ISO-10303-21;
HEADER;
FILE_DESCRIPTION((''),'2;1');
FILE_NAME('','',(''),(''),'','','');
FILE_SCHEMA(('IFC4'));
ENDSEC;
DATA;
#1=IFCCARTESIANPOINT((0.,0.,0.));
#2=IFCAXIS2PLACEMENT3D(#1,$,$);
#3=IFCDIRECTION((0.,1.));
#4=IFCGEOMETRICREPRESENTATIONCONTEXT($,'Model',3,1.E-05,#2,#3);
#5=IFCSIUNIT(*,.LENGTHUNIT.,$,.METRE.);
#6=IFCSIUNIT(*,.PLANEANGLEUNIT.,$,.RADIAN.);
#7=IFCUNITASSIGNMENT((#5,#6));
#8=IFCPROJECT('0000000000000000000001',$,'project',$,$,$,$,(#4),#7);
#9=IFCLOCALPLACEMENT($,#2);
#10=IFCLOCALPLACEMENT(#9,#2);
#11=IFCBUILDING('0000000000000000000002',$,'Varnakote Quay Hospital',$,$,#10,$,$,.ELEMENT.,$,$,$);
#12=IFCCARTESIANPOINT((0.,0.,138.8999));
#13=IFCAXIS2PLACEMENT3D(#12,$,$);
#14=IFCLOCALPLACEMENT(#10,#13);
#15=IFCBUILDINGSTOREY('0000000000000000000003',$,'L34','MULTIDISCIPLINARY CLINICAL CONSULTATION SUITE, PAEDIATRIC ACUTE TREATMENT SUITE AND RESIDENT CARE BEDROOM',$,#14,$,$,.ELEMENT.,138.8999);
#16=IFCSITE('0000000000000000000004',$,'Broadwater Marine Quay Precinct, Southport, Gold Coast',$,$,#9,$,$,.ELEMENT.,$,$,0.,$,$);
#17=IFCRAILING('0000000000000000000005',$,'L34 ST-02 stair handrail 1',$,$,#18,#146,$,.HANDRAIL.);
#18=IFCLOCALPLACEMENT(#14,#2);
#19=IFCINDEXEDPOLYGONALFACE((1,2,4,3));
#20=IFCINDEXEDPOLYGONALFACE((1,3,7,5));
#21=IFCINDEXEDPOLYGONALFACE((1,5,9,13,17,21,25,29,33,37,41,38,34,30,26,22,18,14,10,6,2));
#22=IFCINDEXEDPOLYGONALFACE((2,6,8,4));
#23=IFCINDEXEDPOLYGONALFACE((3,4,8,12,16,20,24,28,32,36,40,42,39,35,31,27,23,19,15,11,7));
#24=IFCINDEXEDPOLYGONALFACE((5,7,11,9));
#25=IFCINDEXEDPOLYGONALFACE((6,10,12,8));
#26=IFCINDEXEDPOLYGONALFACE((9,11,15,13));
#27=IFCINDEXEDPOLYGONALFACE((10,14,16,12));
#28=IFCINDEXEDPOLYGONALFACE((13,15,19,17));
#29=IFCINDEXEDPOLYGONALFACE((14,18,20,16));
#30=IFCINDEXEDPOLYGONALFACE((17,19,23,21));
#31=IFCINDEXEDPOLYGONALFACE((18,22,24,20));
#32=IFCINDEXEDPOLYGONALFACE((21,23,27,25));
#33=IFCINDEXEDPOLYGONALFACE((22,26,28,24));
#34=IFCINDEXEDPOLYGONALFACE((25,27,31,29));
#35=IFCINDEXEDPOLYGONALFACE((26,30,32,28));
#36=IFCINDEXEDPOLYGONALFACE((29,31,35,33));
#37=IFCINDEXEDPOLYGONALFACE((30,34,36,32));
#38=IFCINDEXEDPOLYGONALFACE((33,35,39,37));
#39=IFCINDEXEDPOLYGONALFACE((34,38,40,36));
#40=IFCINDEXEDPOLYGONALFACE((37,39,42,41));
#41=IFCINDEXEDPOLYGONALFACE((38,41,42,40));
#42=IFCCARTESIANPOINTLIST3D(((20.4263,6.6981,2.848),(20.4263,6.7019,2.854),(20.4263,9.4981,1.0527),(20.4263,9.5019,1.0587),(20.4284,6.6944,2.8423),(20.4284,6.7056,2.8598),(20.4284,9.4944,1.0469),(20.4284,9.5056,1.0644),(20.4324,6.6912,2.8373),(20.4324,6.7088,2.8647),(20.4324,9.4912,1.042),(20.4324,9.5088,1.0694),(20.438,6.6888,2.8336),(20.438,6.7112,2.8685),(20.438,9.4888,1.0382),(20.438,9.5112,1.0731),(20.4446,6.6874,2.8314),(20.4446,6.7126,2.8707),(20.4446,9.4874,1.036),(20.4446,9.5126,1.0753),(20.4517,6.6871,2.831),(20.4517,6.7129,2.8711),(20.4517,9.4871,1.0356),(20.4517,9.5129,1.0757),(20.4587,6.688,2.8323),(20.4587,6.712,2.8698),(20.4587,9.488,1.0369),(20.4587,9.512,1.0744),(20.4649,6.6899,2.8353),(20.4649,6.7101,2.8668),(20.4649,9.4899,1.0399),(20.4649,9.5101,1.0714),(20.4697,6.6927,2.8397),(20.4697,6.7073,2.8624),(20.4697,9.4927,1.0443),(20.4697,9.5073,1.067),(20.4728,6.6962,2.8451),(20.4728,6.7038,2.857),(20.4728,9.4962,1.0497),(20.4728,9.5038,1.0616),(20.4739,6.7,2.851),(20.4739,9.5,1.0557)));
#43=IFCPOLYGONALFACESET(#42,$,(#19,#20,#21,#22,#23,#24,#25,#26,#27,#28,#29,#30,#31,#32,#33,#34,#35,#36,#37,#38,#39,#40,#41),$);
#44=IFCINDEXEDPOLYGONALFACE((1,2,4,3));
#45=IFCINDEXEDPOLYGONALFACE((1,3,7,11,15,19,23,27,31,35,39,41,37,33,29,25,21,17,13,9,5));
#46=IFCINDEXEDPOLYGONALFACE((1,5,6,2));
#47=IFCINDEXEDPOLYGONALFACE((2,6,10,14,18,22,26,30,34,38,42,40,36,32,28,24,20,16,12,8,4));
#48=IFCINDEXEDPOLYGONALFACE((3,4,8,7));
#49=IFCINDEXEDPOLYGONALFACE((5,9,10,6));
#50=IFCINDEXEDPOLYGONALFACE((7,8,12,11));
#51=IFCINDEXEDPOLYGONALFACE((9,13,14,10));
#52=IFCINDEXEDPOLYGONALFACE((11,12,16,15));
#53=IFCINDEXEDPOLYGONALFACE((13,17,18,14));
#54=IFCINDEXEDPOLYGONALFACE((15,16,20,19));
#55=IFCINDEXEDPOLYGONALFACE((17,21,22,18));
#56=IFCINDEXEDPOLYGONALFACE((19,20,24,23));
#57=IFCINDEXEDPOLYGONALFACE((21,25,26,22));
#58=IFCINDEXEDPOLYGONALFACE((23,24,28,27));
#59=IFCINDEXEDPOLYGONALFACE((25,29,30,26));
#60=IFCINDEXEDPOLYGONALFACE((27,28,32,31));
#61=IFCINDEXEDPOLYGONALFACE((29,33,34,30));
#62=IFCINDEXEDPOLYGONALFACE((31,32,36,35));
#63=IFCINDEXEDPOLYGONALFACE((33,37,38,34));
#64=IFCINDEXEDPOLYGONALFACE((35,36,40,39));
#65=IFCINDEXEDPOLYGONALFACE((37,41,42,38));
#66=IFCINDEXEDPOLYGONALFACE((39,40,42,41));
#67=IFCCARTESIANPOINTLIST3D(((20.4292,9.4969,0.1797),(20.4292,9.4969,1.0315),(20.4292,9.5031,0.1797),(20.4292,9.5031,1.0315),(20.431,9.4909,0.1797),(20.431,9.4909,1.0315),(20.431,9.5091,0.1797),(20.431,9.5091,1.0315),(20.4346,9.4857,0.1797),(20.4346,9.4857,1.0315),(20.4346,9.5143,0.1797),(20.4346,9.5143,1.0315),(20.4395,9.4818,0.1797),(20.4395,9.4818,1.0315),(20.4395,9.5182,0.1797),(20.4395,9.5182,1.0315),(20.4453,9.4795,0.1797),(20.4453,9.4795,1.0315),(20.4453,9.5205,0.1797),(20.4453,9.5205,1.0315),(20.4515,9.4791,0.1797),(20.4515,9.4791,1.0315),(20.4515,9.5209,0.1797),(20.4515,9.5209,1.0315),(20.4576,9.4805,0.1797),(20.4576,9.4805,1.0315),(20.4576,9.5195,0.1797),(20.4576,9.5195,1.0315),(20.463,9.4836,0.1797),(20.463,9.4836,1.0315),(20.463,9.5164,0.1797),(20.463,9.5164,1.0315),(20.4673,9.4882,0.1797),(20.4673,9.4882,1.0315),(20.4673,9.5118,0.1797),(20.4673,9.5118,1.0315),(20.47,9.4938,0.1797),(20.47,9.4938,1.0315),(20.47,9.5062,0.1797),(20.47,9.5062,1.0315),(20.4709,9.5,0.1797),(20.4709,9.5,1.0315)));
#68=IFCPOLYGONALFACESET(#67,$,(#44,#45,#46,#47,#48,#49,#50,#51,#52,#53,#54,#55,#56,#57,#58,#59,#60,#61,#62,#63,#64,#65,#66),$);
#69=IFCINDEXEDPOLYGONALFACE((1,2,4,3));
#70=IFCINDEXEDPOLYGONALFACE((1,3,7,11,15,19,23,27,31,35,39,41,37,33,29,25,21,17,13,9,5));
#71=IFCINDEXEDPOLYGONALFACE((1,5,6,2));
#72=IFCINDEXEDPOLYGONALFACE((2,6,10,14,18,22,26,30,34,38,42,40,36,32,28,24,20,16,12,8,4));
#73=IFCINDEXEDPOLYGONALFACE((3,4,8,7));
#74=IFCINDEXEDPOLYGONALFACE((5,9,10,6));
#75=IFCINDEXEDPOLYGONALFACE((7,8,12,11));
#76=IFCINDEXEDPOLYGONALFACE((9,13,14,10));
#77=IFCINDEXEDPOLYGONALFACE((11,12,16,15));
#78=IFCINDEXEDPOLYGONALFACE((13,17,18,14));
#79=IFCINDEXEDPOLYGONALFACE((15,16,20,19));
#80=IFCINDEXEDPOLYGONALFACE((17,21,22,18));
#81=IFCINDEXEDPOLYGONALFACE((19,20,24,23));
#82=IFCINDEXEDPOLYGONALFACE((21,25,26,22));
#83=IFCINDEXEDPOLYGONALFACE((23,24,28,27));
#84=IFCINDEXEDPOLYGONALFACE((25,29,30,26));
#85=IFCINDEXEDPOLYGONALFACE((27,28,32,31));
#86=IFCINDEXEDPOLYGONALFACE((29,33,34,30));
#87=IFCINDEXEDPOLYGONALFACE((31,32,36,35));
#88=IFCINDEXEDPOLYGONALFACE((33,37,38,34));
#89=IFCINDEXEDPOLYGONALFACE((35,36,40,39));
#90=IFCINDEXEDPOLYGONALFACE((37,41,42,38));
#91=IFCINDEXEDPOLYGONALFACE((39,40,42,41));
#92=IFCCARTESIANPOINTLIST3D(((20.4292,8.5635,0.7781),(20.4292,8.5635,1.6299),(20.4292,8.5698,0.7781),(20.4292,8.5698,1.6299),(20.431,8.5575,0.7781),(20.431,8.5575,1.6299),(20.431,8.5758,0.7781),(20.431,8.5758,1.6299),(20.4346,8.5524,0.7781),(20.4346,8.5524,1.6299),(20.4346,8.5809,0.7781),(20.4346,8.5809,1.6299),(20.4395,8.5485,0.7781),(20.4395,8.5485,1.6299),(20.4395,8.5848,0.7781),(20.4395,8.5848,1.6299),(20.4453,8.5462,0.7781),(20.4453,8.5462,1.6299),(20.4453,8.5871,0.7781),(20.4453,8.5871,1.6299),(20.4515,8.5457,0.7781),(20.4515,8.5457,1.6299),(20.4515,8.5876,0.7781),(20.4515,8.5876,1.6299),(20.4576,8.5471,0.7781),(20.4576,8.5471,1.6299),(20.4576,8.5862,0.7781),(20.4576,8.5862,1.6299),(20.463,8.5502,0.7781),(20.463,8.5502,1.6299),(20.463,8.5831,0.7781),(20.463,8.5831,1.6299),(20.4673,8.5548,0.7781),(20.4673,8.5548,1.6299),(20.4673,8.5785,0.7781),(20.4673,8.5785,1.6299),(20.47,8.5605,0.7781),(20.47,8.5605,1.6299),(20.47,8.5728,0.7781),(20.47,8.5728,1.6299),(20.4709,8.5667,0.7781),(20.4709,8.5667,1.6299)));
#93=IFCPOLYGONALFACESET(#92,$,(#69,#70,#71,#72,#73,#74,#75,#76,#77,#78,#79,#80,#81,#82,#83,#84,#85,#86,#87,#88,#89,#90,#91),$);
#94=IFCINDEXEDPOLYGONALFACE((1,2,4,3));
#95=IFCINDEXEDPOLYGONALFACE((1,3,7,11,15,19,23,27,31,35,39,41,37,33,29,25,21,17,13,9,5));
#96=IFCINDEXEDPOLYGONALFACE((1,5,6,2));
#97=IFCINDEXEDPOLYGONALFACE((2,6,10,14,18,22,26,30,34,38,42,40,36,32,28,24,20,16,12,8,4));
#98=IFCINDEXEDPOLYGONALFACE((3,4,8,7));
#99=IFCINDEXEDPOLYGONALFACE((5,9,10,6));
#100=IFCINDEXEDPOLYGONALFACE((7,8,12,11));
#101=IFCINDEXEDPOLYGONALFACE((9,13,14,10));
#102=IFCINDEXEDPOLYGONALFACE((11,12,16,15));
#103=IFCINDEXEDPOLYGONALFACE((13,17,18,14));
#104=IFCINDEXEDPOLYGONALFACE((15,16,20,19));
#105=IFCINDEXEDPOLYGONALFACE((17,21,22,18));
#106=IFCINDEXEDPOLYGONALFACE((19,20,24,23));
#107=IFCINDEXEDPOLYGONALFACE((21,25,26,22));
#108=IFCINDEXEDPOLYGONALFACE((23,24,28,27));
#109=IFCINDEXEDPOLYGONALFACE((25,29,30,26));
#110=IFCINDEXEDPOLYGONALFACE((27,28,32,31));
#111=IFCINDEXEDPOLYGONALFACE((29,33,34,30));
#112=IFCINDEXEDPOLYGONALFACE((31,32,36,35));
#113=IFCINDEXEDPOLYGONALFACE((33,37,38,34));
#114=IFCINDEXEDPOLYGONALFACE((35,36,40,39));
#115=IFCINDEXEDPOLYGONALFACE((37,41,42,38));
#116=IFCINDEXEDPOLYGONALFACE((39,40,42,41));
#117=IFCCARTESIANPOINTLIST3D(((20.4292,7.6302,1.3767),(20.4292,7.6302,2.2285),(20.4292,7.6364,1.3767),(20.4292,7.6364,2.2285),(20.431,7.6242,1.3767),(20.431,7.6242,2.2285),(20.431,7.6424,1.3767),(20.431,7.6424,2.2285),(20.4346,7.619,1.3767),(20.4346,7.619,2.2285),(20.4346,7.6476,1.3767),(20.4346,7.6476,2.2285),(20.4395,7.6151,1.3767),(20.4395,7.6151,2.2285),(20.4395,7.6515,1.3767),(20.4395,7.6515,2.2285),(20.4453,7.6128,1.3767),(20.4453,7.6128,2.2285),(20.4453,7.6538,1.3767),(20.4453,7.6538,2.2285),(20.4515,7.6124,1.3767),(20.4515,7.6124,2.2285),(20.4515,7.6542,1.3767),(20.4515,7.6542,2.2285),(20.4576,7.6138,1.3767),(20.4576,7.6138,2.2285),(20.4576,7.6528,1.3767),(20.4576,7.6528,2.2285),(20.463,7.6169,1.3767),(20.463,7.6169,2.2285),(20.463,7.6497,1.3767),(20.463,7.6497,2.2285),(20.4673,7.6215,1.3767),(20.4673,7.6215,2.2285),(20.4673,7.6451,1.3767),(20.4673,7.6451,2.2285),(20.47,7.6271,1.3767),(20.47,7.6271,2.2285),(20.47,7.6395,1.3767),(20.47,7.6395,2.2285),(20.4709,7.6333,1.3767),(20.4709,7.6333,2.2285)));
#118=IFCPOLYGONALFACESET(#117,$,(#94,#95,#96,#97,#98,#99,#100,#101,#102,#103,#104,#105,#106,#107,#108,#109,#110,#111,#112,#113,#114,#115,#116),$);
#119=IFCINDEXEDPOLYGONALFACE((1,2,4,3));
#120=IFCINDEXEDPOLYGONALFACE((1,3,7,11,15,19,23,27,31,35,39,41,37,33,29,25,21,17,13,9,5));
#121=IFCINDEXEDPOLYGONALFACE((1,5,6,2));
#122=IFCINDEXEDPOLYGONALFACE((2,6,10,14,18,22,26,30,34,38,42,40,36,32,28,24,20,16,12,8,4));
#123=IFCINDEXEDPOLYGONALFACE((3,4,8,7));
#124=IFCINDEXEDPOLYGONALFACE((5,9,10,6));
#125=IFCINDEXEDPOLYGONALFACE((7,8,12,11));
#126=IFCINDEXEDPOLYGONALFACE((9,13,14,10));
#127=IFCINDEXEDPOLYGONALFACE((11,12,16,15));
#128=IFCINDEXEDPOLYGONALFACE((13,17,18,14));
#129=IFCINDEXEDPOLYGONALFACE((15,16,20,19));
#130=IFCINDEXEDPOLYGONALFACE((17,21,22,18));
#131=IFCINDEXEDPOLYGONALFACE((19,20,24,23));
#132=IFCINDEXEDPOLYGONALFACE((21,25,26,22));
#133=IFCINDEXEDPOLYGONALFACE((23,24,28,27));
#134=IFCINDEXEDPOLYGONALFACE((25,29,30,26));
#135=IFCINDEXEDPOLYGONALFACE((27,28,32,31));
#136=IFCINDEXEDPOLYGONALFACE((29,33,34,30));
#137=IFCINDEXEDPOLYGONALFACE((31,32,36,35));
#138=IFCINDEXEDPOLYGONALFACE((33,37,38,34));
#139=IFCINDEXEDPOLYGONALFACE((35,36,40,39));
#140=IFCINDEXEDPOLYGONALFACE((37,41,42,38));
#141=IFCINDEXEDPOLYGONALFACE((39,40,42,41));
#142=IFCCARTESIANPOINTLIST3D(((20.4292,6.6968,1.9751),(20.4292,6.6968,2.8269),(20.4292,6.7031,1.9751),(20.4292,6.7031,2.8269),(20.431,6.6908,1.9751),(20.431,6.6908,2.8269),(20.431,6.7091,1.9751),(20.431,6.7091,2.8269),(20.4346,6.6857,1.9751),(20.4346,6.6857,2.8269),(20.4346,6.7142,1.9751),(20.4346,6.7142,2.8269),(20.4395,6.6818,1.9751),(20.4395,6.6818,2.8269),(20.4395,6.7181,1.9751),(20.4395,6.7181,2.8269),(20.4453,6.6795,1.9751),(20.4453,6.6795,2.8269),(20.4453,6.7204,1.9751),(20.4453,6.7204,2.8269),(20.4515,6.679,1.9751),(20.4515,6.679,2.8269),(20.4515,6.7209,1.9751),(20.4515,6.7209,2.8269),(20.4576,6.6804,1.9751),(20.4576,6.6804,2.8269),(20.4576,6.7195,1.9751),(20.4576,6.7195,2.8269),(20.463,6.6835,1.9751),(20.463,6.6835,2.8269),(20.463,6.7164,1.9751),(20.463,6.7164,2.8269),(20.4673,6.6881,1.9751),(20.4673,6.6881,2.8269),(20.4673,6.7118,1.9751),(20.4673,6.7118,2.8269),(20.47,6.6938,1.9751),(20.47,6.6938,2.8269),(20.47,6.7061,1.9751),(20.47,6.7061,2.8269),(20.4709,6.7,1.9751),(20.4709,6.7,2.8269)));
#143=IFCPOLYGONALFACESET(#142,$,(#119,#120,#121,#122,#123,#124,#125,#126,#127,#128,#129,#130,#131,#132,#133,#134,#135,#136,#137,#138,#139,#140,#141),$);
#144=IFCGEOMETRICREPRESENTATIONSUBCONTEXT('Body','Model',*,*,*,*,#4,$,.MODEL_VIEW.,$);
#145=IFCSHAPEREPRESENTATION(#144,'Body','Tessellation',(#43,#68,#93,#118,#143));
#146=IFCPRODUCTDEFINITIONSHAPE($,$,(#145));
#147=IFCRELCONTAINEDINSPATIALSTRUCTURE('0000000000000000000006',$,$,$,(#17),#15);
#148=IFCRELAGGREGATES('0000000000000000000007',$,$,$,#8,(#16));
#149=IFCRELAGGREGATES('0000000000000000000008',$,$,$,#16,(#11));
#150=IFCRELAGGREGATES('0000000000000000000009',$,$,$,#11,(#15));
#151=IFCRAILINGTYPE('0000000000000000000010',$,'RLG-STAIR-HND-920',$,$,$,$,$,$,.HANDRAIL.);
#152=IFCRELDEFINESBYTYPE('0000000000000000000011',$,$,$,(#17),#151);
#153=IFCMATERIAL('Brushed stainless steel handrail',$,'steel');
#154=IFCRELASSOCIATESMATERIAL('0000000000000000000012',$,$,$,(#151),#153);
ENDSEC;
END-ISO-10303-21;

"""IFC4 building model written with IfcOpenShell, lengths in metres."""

from ifc_helpers import new_model, si_unit, direction, frame, origin, origin_2d, place, context, subcontext, project, spatial, circle, extrude, material, type_object, element, save


model = new_model("IFC4")

# Units and contexts
model_context = context("Model", 3, precision=1e-05, world=origin(), true_north=direction((0.0, 1.0)))
body_context = subcontext(model_context, "Body", "Model", "MODEL_VIEW")
ifc_project = project(units=[si_unit("LENGTHUNIT", "METRE"), si_unit("PLANEANGLEUNIT", "RADIAN")], contexts=[model_context])

# Site, building, storey
site_placement = place(None, origin())
site = spatial("IfcSite", under=ifc_project, at=site_placement, Name="Broadwater Marine Quay Precinct, Southport, Gold Coast", CompositionType="ELEMENT", RefElevation=0.0)
building_placement = place(site_placement, origin())
building = spatial("IfcBuilding", under=site, at=building_placement, Name="Varnakote Quay Hospital", CompositionType="ELEMENT")
storey_placement = place(building_placement, frame((0.0, 0.0, 138.8999)))
storey = spatial("IfcBuildingStorey", under=building, at=storey_placement, Name="L34", Description="MULTIDISCIPLINARY CLINICAL CONSULTATION SUITE, PAEDIATRIC ACUTE TREATMENT SUITE AND RESIDENT CARE BEDROOM", CompositionType="ELEMENT", Elevation=138.8999)

# Railing
ifc_material_1 = material(Name="Brushed stainless steel handrail", Category="steel")
railing_type_1 = type_object("IfcRailingType", Name="RLG-STAIR-HND-920", PredefinedType="HANDRAIL", material=ifc_material_1)
railing_1_placement = place(storey_placement, frame((20.45, 9.5, 0.1797)))
element("IfcRailing", 1, at=railing_1_placement, inside=storey, type_object=railing_type_1, Name="L34 ST-02 stair handrail 1", PredefinedType="HANDRAIL", context=body_context, shape_type="SweptSolid", body=[
    extrude(circle(Radius=0.0239, at=origin_2d()), frame((0.0, 0.0, 0.876), z_axis=(0.0, -0.84181, 0.539774), x_axis=(1.0, 0.0, 0.0)), (0.0, 0.0, 1.0), 3.3262),
    extrude(circle(Radius=0.021, at=origin_2d()), origin(), (0.0, 0.0, 1.0), 0.8518),
    extrude(circle(Radius=0.021, at=origin_2d()), frame((0.0, -0.9333, 0.5984)), (0.0, 0.0, 1.0), 0.8518),
    extrude(circle(Radius=0.021, at=origin_2d()), frame((0.0, -1.8667, 1.197)), (0.0, 0.0, 1.0), 0.8518),
    extrude(circle(Radius=0.021, at=origin_2d()), frame((0.0, -2.8, 1.7954)), (0.0, 0.0, 1.0), 0.8518),
])

save(model, "model.ifc")
